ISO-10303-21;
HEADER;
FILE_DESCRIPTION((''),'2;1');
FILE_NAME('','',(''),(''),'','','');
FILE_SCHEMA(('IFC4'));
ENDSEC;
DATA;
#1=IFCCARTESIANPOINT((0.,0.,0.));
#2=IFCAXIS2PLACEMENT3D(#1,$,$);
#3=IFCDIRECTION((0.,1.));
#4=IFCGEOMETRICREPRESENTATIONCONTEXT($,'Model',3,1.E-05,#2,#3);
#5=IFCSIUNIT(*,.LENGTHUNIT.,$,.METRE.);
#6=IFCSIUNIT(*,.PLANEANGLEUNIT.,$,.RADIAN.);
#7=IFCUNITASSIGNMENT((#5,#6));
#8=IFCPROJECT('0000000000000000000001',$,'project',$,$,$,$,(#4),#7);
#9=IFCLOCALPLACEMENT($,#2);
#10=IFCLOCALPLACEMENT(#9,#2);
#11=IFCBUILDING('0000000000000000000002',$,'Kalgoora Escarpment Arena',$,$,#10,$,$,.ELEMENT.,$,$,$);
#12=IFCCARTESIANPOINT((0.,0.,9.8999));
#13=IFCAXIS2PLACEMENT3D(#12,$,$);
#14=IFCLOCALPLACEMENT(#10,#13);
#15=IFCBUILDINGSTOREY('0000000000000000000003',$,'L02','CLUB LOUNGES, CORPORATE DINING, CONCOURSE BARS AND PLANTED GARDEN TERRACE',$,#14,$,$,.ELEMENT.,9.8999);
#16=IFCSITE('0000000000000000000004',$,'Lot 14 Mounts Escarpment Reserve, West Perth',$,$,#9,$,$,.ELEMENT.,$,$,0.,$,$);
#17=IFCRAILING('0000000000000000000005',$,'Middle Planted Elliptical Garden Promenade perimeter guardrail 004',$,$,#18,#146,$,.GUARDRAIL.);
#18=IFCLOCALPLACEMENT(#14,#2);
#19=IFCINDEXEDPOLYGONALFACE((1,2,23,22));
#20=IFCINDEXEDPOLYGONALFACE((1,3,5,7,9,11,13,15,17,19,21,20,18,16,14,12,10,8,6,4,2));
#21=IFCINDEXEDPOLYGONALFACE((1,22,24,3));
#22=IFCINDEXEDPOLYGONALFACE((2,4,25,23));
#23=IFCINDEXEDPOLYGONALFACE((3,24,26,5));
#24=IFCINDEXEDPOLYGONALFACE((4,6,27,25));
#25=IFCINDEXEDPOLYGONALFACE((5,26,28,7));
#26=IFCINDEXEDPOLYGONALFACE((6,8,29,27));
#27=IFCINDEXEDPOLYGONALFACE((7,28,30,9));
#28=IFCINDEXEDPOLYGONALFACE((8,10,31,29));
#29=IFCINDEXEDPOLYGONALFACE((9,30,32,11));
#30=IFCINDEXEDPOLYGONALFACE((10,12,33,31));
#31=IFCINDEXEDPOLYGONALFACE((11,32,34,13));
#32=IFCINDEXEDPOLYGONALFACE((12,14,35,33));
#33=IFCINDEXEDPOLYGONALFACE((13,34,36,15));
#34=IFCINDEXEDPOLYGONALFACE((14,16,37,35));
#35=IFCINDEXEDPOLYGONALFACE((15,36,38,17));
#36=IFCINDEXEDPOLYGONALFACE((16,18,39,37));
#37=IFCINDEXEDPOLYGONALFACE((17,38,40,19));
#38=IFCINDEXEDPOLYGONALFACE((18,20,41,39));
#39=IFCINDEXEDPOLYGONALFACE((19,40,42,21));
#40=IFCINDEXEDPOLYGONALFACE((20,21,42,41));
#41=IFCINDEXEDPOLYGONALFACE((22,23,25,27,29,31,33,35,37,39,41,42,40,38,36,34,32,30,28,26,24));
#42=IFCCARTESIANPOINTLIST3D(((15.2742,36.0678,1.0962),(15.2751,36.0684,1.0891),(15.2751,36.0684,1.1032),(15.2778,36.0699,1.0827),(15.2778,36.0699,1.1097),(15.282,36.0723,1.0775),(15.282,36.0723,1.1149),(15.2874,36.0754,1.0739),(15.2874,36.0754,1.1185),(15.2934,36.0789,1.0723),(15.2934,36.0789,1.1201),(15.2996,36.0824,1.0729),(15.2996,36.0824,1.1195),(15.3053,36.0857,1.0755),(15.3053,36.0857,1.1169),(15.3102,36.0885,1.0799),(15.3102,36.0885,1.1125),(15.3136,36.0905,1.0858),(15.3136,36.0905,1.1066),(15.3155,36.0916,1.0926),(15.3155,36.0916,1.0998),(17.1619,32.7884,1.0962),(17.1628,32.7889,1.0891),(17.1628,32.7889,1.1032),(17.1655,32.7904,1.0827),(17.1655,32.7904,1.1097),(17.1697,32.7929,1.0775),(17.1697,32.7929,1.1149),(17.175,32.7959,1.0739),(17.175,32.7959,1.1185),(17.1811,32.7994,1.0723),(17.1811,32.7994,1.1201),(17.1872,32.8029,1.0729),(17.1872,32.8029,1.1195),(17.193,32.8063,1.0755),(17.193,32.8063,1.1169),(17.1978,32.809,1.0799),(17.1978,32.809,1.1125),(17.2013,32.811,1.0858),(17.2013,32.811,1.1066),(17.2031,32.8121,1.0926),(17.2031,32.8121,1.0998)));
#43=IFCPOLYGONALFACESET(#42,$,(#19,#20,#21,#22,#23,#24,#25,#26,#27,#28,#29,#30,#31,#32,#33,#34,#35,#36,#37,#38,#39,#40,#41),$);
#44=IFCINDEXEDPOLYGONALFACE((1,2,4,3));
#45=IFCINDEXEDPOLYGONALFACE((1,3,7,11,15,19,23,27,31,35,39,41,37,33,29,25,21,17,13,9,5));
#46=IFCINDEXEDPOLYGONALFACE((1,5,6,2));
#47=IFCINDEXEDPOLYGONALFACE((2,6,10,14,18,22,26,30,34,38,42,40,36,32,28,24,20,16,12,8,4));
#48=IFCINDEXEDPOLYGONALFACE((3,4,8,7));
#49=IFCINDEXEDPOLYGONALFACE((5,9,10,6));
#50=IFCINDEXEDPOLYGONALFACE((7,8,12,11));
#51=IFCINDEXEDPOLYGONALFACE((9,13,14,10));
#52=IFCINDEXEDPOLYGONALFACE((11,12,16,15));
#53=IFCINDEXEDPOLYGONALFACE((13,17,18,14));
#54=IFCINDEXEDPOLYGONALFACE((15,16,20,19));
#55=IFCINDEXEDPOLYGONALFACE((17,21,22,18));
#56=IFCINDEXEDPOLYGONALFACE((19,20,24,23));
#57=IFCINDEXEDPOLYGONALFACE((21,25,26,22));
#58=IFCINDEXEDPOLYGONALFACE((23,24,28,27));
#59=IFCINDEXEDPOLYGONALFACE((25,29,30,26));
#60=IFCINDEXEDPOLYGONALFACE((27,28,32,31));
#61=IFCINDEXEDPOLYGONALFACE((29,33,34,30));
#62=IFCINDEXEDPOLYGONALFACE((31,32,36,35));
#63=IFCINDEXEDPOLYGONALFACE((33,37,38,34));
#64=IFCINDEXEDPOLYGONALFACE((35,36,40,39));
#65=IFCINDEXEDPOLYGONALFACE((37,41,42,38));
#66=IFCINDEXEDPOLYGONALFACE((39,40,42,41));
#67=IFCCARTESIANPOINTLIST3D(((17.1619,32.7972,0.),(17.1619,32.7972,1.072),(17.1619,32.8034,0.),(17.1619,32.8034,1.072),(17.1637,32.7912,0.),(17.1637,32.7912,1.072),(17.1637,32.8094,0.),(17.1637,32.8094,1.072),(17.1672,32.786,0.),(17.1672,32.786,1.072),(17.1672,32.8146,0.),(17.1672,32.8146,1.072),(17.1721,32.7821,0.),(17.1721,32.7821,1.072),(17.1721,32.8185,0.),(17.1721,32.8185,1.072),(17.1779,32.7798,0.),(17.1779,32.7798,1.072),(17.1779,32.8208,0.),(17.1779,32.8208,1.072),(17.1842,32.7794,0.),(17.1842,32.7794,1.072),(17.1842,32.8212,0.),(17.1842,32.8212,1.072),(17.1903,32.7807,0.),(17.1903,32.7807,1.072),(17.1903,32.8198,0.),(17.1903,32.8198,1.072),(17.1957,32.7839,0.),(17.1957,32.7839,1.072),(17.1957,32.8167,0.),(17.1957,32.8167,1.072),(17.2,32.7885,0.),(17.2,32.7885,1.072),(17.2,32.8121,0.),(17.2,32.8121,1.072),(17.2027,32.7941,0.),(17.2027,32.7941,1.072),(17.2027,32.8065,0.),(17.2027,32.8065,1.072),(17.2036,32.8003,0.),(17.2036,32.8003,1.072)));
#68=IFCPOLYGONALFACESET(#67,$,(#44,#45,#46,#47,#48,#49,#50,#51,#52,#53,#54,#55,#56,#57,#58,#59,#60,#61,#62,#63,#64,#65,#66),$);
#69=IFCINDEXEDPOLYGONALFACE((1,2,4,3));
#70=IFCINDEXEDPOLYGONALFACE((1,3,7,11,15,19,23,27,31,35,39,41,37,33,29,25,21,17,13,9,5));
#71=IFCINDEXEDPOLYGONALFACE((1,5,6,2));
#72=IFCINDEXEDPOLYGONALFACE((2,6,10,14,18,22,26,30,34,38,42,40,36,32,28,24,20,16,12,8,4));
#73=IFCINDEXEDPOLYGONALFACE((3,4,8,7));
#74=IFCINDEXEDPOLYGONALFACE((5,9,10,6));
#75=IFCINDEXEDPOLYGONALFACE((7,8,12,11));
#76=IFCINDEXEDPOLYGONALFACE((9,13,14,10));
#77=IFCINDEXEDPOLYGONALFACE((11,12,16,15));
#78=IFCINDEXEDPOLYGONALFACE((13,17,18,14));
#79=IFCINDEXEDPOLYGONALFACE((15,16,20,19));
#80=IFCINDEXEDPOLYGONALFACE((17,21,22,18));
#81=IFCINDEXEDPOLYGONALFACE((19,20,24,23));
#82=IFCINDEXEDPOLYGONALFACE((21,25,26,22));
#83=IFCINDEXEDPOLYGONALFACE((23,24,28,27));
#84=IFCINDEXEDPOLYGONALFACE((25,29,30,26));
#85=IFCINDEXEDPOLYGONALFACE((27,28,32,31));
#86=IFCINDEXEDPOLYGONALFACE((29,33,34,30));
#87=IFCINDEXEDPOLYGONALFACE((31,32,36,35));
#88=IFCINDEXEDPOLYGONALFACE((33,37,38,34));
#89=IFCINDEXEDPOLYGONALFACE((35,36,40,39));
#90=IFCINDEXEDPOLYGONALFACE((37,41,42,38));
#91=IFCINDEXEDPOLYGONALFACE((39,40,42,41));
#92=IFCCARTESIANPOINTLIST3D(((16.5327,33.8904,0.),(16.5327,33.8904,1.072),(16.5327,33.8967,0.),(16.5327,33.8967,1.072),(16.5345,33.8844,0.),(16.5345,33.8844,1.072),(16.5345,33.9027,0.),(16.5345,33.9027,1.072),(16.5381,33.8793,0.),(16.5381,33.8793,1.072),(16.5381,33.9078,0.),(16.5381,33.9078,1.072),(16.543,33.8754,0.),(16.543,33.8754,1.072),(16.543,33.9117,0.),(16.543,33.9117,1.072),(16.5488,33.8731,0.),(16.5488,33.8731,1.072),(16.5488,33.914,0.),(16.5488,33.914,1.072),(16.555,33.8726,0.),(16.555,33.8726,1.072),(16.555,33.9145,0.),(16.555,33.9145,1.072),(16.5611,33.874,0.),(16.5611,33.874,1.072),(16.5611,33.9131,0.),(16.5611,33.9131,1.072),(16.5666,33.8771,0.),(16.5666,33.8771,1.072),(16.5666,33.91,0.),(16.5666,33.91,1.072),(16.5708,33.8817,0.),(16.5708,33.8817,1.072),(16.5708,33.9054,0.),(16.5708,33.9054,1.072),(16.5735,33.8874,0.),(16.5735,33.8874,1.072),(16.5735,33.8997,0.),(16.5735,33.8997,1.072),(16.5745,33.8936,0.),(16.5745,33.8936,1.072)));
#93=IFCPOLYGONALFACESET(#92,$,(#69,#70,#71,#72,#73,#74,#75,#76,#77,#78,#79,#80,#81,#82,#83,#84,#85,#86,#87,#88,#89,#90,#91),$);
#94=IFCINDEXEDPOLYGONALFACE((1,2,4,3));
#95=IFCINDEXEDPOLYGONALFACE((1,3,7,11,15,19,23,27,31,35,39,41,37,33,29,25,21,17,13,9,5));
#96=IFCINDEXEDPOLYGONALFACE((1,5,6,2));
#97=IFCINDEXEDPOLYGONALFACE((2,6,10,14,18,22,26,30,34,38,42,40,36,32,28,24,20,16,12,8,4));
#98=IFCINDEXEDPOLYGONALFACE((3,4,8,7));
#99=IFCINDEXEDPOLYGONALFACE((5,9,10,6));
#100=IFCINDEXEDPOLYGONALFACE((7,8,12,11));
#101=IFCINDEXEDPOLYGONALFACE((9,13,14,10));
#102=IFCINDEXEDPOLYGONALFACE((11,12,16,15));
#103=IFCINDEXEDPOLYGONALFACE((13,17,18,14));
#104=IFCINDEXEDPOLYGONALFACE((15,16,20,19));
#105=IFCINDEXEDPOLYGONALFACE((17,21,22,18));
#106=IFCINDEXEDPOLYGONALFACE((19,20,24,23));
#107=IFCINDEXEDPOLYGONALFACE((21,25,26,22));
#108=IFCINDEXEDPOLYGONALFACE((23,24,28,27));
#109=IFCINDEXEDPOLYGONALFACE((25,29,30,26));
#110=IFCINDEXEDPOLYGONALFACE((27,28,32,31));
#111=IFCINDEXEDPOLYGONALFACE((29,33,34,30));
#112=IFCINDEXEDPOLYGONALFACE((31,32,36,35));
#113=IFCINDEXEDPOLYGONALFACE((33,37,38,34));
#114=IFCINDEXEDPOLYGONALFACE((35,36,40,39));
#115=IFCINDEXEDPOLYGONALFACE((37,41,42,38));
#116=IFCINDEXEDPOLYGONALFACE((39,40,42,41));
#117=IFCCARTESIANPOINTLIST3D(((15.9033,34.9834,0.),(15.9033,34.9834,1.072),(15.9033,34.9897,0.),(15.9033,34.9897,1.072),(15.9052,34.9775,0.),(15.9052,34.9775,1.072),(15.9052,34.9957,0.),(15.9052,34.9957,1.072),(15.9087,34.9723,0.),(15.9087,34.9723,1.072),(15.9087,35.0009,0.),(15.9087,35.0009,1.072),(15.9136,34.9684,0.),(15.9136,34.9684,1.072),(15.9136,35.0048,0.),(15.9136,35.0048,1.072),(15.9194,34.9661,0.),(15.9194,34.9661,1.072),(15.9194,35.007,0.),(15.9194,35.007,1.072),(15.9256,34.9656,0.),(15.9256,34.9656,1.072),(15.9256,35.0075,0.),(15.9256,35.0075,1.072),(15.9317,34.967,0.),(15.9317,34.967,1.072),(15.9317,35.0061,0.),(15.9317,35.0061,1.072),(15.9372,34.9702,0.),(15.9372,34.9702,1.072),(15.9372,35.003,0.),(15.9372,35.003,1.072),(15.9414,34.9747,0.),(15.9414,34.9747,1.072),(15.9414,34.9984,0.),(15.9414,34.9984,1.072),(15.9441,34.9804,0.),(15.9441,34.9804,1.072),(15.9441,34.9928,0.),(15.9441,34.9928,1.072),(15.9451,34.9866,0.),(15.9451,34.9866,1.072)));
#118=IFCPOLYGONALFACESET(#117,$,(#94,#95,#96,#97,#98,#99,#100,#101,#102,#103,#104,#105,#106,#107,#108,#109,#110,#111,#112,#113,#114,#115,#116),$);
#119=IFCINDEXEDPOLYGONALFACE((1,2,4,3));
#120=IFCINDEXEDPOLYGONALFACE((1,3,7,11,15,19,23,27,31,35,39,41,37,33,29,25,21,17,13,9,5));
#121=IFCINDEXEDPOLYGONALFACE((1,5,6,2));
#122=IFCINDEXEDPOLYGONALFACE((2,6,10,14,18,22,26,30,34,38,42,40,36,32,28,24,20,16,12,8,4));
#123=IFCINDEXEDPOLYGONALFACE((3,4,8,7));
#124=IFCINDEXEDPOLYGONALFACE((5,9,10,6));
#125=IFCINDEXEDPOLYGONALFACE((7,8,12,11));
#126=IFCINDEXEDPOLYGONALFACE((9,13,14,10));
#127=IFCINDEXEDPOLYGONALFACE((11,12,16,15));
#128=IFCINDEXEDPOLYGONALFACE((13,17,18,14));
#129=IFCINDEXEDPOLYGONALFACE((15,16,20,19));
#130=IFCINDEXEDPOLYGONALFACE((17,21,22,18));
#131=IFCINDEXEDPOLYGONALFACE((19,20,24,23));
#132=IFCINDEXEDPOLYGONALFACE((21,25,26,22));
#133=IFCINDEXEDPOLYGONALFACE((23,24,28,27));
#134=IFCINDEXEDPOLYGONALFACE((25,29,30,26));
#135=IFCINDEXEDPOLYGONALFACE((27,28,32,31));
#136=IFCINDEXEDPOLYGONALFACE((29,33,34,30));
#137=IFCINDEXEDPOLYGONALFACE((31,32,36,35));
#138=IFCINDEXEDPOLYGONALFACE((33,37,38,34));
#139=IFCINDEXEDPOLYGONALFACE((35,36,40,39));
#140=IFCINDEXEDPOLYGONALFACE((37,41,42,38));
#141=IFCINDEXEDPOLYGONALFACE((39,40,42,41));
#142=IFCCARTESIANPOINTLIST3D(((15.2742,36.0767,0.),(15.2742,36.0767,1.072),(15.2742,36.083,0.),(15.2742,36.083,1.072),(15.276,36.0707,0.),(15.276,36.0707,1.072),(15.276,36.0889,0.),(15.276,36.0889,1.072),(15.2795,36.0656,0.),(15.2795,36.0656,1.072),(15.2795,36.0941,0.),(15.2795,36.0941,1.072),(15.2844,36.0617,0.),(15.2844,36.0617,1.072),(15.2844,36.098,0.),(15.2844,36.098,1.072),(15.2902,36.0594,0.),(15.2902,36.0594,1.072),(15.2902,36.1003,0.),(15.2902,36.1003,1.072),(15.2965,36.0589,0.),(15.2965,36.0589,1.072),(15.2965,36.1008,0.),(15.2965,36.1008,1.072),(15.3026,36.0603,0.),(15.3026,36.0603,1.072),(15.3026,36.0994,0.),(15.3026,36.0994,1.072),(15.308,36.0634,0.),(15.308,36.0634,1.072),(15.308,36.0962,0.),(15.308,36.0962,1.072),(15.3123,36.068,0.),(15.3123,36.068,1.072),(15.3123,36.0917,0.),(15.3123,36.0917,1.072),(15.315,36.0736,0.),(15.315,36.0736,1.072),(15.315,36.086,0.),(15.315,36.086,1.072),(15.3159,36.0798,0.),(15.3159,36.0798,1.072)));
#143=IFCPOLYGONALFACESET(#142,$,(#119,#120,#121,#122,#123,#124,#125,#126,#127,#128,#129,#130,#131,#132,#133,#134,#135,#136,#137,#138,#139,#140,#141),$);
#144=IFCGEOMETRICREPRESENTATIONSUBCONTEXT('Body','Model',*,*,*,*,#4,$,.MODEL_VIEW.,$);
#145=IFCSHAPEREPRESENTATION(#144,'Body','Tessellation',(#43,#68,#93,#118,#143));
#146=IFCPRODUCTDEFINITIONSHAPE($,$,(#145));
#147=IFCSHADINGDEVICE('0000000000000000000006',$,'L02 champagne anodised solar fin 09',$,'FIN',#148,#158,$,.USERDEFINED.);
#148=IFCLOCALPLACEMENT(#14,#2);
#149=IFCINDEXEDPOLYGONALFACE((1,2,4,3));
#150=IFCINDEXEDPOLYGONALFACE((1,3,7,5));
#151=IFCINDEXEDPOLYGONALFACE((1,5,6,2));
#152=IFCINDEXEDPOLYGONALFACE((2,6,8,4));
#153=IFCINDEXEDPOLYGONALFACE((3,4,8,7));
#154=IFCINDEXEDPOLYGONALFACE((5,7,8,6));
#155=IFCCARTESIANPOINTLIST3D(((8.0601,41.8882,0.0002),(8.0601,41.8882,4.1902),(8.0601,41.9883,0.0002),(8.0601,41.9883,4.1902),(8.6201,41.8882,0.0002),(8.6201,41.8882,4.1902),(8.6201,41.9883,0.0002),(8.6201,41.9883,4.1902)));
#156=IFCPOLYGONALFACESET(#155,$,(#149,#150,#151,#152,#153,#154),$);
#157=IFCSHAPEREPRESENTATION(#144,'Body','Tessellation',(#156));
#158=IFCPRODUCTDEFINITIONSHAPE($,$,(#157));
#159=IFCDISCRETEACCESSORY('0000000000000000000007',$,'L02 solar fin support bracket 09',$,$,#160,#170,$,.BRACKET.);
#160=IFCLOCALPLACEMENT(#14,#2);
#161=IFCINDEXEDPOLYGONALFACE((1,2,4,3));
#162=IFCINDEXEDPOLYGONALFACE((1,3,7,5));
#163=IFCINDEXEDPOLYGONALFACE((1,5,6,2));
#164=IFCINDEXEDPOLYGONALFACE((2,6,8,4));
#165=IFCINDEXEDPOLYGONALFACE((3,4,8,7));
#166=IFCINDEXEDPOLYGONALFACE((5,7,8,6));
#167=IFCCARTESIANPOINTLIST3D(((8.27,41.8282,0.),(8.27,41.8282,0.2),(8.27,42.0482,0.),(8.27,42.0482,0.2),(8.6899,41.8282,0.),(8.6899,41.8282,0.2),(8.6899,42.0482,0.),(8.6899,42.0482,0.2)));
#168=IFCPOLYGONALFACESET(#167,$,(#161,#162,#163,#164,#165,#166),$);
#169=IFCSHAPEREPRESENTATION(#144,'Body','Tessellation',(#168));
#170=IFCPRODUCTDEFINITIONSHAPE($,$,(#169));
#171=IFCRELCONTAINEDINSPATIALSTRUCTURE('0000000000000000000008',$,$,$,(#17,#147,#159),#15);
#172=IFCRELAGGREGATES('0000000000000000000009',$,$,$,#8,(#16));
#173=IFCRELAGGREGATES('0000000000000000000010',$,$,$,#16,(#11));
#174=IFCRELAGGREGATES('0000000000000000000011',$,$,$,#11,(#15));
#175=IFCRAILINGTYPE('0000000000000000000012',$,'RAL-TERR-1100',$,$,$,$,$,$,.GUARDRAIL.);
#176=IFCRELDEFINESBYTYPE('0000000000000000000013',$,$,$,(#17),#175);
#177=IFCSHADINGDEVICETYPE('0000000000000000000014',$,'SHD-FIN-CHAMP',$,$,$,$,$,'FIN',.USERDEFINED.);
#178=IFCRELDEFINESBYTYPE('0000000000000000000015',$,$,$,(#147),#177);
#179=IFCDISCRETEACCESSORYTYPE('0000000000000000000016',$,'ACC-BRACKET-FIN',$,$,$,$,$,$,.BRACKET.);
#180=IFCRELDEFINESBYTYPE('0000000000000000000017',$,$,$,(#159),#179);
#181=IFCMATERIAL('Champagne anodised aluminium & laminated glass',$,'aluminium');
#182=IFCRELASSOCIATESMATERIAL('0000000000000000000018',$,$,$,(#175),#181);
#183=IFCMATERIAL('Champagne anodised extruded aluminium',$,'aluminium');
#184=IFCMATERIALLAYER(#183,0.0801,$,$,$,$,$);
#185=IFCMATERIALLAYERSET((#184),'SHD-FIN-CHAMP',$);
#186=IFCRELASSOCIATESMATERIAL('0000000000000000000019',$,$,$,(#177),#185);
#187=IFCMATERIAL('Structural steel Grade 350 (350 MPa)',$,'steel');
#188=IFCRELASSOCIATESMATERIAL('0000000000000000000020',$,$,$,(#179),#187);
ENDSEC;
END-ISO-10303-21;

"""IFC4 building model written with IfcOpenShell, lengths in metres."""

from ifc_helpers import new_model, si_unit, direction, frame, origin, origin_2d, place, context, subcontext, project, spatial, rectangle, circle, extrude, material, layer, layer_set, type_object, element, save


model = new_model("IFC4")

# Units and contexts
model_context = context("Model", 3, precision=1e-05, world=origin(), true_north=direction((0.0, 1.0)))
body_context = subcontext(model_context, "Body", "Model", "MODEL_VIEW")
ifc_project = project(units=[si_unit("LENGTHUNIT", "METRE"), si_unit("PLANEANGLEUNIT", "RADIAN")], contexts=[model_context])

# Site, building, storey
site_placement = place(None, origin())
site = spatial("IfcSite", under=ifc_project, at=site_placement, Name="Lot 14 Mounts Escarpment Reserve, West Perth", CompositionType="ELEMENT", RefElevation=0.0)
building_placement = place(site_placement, origin())
building = spatial("IfcBuilding", under=site, at=building_placement, Name="Kalgoora Escarpment Arena", CompositionType="ELEMENT")
storey_placement = place(building_placement, frame((0.0, 0.0, 9.8999)))
storey = spatial("IfcBuildingStorey", under=building, at=storey_placement, Name="L02", Description="CLUB LOUNGES, CORPORATE DINING, CONCOURSE BARS AND PLANTED GARDEN TERRACE", CompositionType="ELEMENT", Elevation=9.8999)

# Railing
ifc_material_1 = material(Name="Champagne anodised aluminium & laminated glass", Category="aluminium")
railing_type = type_object("IfcRailingType", Name="RAL-TERR-1100", PredefinedType="GUARDRAIL", material=ifc_material_1)
railing_1_placement = place(storey_placement, frame((17.1826, 32.8003, 0.0)))
element("IfcRailing", 1, at=railing_1_placement, inside=storey, type_object=railing_type, Name="Middle Planted Elliptical Garden Promenade perimeter guardrail 004", PredefinedType="GUARDRAIL", context=body_context, shape_type="SweptSolid", body=[
    extrude(circle(Radius=0.0239, at=origin_2d()), frame((0.0, 0.0, 1.0962), z_axis=(-0.49886, 0.866682, 0.0), x_axis=(-0.866682, -0.49886, 0.0)), (0.0, 0.0, 1.0), 3.7839),
    extrude(circle(Radius=0.021, at=origin_2d()), origin(), (0.0, 0.0, 1.0), 1.072),
    extrude(circle(Radius=0.021, at=origin_2d()), frame((-0.6292, 1.0933, 0.0)), (0.0, 0.0, 1.0), 1.072),
    extrude(circle(Radius=0.021, at=origin_2d()), frame((-1.2585, 2.1863, 0.0)), (0.0, 0.0, 1.0), 1.072),
    extrude(circle(Radius=0.021, at=origin_2d()), frame((-1.8877, 3.2795, 0.0)), (0.0, 0.0, 1.0), 1.072),
])

# Shading device
ifc_material_2 = material(Name="Champagne anodised extruded aluminium", Category="aluminium")
ifc_layer_1 = layer(ifc_material_2, 0.0801)
ifc_layer_set_1 = layer_set([ifc_layer_1], Name="SHD-FIN-CHAMP")
shading_device_type = type_object("IfcShadingDeviceType", Name="SHD-FIN-CHAMP", ElementType="FIN", PredefinedType="USERDEFINED", material=ifc_layer_set_1)
shading_device_placement = place(storey_placement, frame((8.3401, 41.9382, 0.0002), z_axis=(0.0, 0.0, 1.0), x_axis=(-1.0, 0.0, 0.0)))
element("IfcShadingDevice", 2, at=shading_device_placement, inside=storey, type_object=shading_device_type, Name="L02 champagne anodised solar fin 09", ObjectType="FIN", PredefinedType="USERDEFINED", context=body_context, shape_type="SweptSolid", body=[
    extrude(rectangle(XDim=0.5601, YDim=0.1001, at=origin_2d()), origin(), (0.0, 0.0, 1.0), 4.1899),
])

# Discrete accessory
ifc_material_3 = material(Name="Structural steel Grade 350 (350 MPa)", Category="steel")
discrete_accessory_type = type_object("IfcDiscreteAccessoryType", Name="ACC-BRACKET-FIN", PredefinedType="BRACKET", material=ifc_material_3)
discrete_accessory_placement = place(storey_placement, frame((8.48, 41.9382, 0.0), z_axis=(0.0, 0.0, 1.0), x_axis=(-1.0, 0.0, 0.0)))
element("IfcDiscreteAccessory", 3, at=discrete_accessory_placement, inside=storey, type_object=discrete_accessory_type, Name="L02 solar fin support bracket 09", PredefinedType="BRACKET", context=body_context, shape_type="SweptSolid", body=[
    extrude(rectangle(XDim=0.4199, YDim=0.22, at=origin_2d()), origin(), (0.0, 0.0, 1.0), 0.2),
])

save(model, "model.ifc")
